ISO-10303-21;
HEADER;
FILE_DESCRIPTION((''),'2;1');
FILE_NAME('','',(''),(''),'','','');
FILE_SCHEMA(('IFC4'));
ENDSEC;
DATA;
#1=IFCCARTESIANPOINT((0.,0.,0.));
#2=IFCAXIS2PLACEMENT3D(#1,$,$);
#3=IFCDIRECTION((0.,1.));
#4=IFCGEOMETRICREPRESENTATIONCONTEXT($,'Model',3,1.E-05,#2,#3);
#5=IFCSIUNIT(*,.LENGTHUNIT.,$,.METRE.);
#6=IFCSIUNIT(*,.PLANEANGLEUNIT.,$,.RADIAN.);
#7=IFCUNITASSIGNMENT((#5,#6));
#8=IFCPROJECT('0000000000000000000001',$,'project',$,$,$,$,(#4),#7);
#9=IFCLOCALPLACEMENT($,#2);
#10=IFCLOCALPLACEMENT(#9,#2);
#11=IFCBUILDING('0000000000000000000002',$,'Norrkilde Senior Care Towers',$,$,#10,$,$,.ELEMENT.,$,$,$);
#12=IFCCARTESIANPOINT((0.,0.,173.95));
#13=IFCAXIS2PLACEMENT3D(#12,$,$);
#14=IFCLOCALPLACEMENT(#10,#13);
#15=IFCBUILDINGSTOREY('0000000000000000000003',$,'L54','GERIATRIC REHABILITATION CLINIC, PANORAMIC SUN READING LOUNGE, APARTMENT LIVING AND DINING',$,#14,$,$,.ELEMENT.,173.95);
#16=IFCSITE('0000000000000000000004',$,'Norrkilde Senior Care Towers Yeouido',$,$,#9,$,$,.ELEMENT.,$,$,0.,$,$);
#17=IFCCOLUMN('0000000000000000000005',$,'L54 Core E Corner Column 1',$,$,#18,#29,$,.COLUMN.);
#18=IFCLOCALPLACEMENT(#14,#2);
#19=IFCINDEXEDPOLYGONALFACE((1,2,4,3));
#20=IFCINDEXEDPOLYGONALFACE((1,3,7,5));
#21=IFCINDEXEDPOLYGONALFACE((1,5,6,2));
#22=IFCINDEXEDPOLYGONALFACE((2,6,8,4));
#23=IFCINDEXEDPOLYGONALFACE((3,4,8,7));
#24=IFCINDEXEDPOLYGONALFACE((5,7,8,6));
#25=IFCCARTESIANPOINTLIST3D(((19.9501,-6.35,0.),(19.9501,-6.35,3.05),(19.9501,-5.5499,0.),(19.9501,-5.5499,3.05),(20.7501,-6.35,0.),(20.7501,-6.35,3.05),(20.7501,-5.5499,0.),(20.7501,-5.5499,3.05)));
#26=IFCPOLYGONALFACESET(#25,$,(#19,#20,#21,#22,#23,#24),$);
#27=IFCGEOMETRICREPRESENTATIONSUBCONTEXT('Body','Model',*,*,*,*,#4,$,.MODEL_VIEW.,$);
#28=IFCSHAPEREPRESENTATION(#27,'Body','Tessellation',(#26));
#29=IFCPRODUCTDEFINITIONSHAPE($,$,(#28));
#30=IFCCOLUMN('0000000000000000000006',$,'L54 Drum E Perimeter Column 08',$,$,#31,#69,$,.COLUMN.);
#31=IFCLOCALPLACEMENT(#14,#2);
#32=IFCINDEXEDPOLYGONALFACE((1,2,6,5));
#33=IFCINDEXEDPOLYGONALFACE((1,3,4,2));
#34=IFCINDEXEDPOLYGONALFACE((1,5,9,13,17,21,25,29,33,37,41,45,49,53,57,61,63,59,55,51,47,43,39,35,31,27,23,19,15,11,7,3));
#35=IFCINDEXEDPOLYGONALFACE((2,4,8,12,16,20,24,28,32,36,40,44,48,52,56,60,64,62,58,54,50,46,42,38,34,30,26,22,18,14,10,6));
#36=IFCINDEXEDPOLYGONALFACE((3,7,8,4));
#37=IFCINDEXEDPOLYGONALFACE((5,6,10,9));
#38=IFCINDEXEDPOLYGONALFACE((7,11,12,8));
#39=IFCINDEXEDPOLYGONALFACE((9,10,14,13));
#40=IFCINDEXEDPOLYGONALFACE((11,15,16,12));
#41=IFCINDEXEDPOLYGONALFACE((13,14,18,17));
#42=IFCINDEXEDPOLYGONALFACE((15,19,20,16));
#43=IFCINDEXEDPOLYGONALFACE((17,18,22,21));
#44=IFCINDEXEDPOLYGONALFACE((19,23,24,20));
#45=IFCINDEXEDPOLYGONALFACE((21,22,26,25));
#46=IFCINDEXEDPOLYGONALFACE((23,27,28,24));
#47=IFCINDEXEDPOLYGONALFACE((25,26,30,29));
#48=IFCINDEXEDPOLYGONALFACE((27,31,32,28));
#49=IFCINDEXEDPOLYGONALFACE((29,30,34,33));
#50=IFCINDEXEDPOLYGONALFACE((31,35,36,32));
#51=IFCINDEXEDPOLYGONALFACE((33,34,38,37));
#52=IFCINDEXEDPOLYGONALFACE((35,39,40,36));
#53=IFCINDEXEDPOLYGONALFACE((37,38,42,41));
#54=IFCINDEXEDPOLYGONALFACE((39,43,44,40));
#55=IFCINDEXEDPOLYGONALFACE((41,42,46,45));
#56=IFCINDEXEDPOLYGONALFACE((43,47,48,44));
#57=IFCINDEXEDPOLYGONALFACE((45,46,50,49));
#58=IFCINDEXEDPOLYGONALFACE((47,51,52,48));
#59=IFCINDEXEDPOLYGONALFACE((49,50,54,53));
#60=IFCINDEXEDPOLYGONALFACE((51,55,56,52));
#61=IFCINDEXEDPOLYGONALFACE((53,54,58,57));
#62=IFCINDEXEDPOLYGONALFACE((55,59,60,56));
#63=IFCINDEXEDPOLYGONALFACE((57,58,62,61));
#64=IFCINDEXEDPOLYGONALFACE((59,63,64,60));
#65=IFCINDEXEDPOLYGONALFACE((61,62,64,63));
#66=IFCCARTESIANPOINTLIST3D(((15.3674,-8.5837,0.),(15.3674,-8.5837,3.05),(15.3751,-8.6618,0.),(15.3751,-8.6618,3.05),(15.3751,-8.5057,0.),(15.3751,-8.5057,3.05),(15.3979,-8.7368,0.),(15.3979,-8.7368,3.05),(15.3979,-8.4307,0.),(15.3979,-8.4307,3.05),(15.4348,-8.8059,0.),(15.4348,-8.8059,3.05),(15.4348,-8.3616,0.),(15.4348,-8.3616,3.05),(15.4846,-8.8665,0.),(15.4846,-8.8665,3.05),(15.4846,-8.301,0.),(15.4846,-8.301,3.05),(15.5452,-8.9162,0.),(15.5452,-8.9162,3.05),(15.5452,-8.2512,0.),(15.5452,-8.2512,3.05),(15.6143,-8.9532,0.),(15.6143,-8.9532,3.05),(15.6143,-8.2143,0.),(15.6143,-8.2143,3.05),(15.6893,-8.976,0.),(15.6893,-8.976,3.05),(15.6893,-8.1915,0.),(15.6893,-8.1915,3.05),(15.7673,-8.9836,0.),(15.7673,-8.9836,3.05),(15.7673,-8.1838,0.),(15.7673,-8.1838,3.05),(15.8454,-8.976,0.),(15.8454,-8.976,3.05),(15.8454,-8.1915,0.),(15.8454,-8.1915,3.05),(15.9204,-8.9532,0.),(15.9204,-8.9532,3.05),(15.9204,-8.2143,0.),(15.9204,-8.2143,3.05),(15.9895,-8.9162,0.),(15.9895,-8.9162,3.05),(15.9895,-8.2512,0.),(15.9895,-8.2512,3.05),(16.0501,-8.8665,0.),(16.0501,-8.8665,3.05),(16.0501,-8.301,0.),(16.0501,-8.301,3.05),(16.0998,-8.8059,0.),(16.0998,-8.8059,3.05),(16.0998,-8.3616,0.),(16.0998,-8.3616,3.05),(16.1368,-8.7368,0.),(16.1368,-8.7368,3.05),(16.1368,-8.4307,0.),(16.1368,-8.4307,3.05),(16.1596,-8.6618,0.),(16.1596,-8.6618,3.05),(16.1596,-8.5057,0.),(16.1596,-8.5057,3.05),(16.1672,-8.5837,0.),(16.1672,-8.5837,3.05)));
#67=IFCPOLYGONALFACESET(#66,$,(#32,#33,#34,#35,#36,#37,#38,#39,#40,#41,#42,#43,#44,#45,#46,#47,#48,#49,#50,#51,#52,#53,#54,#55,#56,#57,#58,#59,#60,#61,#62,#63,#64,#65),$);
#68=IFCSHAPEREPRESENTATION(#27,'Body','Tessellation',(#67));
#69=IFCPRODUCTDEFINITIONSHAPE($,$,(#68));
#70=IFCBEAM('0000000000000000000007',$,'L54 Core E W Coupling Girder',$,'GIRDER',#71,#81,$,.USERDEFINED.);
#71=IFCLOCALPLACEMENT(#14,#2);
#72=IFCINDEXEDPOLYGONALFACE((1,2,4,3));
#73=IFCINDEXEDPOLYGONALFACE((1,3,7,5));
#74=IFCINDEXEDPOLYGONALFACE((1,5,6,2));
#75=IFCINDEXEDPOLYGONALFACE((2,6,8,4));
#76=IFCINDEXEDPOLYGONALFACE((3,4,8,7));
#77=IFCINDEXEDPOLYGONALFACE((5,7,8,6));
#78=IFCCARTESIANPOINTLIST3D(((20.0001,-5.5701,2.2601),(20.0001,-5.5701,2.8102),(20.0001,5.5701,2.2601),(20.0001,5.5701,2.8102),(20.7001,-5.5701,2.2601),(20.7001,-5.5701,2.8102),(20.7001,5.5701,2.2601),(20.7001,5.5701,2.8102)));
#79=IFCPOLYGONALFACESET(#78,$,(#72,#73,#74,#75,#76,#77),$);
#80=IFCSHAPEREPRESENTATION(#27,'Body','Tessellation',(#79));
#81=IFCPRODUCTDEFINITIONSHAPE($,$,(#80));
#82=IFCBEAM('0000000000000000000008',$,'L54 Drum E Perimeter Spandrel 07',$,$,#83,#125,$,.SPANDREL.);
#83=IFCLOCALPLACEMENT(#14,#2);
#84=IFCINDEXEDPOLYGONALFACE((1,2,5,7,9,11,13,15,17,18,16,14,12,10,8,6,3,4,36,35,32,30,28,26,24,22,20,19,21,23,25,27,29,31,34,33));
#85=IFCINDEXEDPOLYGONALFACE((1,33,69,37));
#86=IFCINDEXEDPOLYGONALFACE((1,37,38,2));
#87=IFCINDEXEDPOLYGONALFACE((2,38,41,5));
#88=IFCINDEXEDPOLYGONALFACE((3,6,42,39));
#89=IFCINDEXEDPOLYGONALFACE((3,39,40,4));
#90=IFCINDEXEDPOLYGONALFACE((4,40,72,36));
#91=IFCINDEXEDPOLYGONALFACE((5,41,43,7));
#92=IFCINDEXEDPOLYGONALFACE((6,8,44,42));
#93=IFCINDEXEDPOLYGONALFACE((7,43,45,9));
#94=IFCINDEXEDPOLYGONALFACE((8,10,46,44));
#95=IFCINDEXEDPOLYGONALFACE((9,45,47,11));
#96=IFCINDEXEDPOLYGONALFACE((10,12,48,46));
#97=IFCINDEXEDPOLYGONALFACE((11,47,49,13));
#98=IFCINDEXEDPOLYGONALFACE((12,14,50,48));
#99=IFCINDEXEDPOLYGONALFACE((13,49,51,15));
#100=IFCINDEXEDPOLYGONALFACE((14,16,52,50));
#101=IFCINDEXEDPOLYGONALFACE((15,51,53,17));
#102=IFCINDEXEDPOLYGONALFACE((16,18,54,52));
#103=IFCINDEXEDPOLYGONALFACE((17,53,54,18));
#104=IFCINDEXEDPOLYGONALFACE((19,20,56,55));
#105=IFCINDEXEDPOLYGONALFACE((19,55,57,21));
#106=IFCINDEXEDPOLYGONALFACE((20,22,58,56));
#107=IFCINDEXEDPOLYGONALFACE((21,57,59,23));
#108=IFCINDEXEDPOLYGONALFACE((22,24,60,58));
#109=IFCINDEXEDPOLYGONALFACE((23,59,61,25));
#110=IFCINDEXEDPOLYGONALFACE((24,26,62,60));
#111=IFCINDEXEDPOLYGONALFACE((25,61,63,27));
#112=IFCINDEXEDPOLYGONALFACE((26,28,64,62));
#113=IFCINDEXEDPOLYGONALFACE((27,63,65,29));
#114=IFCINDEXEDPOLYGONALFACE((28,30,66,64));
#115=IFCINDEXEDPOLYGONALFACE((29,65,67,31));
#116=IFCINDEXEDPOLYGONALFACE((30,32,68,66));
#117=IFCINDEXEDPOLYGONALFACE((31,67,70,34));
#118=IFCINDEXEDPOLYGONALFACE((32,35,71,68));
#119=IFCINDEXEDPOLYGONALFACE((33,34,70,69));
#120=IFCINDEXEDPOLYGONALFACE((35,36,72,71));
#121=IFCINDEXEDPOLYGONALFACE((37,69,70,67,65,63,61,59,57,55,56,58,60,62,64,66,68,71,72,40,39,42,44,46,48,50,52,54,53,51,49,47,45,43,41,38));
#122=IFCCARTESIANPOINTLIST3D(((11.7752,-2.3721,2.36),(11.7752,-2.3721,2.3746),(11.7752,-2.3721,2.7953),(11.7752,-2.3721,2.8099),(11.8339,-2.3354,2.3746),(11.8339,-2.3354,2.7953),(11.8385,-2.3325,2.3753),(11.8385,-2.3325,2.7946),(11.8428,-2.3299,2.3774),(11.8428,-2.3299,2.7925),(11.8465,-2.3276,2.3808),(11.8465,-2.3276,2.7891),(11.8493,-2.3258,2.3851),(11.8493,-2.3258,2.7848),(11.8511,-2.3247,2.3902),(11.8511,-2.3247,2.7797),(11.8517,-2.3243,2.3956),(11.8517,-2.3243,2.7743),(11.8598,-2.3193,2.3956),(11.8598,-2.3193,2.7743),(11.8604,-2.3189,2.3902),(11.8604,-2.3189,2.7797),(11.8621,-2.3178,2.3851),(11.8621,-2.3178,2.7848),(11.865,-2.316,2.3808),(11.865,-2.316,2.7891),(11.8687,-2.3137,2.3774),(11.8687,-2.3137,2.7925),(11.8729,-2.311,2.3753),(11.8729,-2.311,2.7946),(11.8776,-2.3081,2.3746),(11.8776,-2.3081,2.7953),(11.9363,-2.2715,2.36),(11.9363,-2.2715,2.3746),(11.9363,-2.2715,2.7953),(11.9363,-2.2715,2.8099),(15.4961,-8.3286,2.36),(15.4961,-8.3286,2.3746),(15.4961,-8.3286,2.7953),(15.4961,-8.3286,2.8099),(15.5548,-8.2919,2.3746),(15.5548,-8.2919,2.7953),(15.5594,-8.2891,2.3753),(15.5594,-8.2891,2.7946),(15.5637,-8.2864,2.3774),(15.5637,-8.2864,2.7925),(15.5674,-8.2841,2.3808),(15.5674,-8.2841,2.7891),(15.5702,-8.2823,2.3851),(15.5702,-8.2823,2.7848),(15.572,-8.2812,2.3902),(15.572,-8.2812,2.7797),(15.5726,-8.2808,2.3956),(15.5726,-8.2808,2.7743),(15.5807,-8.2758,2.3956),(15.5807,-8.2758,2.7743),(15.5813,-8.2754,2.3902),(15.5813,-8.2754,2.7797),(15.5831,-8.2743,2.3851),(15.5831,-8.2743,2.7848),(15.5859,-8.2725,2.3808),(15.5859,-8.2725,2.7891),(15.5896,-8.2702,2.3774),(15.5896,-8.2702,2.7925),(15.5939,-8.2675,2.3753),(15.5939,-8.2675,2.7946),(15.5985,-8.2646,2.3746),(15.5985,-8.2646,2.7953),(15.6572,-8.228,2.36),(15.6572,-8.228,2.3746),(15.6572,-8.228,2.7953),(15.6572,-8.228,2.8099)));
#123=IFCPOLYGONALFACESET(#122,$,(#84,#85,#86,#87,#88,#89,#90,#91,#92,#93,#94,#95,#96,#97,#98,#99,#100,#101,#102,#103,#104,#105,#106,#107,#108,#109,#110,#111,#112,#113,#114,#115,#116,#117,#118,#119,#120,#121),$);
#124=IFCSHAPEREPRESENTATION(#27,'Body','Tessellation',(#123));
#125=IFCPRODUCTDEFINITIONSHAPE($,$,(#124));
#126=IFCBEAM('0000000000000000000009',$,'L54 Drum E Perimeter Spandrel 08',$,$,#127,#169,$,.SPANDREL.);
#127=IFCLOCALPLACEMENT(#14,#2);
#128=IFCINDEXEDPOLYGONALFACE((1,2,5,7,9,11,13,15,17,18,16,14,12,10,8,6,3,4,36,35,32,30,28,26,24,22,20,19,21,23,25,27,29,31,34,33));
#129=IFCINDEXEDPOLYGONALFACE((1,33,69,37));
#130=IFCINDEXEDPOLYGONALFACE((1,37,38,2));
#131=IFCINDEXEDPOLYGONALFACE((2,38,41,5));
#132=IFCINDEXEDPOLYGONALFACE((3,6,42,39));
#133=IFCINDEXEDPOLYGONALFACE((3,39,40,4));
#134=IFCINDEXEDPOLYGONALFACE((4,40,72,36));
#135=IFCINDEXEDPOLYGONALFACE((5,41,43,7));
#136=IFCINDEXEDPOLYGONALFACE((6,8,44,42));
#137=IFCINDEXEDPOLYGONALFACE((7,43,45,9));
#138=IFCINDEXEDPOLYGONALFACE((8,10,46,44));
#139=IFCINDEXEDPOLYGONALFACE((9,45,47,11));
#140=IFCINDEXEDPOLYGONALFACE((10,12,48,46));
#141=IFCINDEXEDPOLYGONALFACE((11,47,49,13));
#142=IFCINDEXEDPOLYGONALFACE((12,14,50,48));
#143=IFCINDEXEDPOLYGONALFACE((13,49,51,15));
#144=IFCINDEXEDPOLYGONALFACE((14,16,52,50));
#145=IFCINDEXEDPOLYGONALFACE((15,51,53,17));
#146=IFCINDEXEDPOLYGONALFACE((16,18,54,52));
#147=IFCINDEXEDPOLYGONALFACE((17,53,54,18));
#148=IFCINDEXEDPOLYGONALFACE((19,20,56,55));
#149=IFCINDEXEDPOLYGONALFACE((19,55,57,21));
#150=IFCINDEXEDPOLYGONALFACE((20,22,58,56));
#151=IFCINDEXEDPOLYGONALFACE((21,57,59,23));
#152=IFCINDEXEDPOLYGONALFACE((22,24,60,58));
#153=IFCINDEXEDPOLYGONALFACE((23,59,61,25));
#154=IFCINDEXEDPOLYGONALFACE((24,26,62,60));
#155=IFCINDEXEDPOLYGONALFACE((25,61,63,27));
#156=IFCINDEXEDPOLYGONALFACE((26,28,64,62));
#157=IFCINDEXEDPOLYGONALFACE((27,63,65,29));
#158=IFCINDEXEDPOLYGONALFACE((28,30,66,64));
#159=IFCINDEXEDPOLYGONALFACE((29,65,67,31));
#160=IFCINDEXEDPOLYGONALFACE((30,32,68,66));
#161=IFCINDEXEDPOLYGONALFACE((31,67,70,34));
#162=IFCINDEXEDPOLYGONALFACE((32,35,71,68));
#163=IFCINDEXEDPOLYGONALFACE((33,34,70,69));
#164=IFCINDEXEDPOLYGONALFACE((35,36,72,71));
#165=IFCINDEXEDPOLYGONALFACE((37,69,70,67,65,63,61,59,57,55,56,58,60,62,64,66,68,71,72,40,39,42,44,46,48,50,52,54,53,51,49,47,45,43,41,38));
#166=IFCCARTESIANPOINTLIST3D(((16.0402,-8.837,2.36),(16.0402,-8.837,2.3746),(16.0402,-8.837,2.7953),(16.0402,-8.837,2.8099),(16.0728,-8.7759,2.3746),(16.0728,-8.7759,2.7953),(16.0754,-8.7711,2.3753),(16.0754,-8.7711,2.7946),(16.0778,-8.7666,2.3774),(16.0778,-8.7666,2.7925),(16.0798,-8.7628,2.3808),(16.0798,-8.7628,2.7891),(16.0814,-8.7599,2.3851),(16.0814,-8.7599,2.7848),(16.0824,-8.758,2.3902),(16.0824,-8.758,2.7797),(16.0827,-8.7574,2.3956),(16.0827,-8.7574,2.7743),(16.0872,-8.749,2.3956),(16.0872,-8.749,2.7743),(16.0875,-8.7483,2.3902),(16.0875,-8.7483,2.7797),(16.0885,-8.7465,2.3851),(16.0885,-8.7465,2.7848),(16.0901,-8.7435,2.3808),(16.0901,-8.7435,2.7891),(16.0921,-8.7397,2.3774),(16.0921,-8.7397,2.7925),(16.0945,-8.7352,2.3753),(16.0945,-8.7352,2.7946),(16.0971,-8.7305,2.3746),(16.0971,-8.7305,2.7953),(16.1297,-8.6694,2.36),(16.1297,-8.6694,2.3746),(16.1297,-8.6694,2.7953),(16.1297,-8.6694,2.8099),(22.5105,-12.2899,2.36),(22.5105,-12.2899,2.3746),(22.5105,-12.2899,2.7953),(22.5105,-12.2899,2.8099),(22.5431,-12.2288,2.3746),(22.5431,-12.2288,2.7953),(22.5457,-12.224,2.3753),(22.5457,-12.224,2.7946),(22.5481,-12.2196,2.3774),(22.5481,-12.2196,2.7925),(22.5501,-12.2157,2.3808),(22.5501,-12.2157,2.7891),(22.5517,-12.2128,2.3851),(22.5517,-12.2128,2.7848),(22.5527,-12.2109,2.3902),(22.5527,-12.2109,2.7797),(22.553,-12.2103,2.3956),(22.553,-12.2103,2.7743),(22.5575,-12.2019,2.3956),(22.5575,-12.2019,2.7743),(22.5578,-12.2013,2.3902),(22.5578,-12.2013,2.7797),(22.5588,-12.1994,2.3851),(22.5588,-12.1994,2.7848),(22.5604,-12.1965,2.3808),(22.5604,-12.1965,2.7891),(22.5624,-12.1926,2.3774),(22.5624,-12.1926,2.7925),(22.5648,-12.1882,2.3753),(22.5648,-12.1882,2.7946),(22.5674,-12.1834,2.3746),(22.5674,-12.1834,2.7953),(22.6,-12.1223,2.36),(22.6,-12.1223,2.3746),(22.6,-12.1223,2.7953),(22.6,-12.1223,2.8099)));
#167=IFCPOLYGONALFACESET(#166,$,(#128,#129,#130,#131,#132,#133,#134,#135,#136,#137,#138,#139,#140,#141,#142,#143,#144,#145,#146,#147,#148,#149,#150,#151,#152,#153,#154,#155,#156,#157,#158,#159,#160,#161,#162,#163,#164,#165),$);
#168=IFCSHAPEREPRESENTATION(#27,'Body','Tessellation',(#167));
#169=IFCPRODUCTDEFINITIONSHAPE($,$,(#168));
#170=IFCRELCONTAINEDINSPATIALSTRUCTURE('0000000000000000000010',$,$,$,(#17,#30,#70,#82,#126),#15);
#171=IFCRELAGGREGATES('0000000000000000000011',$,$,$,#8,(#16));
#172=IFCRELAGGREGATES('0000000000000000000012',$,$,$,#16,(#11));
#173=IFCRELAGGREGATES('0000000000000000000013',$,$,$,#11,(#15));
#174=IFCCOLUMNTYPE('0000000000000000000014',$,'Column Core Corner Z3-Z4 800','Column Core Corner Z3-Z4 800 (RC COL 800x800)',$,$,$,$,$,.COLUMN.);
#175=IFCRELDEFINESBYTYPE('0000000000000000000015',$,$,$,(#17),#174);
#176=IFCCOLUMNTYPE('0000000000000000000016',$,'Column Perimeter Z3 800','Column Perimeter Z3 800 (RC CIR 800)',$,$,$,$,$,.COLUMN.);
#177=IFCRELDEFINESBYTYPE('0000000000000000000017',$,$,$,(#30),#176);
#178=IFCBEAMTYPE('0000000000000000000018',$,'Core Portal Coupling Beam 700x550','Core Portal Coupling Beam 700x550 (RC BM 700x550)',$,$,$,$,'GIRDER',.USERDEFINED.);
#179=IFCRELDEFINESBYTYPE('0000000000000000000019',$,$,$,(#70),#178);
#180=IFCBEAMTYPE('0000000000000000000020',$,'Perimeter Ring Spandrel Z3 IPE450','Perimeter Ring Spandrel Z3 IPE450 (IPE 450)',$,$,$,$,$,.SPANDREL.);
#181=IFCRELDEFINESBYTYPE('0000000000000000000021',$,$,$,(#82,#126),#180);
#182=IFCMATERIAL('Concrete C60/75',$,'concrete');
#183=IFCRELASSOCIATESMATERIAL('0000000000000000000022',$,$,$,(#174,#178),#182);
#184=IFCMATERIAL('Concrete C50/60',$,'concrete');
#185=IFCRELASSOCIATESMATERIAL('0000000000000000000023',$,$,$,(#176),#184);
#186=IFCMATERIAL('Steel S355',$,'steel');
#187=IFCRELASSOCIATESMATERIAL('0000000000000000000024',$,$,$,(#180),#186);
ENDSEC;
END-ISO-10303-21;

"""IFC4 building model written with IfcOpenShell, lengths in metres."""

from ifc_helpers import new_model, si_unit, direction, frame, origin, origin_2d, place, context, subcontext, project, spatial, rectangle, circle, i_section, extrude, source, transform, mapped, material, material_profile, profile_set, type_object, type_shapes, element, save


model = new_model("IFC4")

# Units and contexts
model_context = context("Model", 3, precision=1e-05, world=origin(), true_north=direction((0.0, 1.0)))
body_context = subcontext(model_context, "Body", "Model", "MODEL_VIEW")
ifc_project = project(units=[si_unit("LENGTHUNIT", "METRE"), si_unit("PLANEANGLEUNIT", "RADIAN")], contexts=[model_context])

# Site, building, storey
site_placement = place(None, origin())
site = spatial("IfcSite", under=ifc_project, at=site_placement, Name="Norrkilde Senior Care Towers Yeouido", CompositionType="ELEMENT", RefElevation=0.0)
building_placement = place(site_placement, origin())
building = spatial("IfcBuilding", under=site, at=building_placement, Name="Norrkilde Senior Care Towers", CompositionType="ELEMENT")
storey_placement = place(building_placement, frame((0.0, 0.0, 173.95)))
storey = spatial("IfcBuildingStorey", under=building, at=storey_placement, Name="L54", Description="GERIATRIC REHABILITATION CLINIC, PANORAMIC SUN READING LOUNGE, APARTMENT LIVING AND DINING", CompositionType="ELEMENT", Elevation=173.95)

# Columns
ifc_material_1 = material(Name="Concrete C60/75", Category="concrete")
ifc_material_profile_1 = material_profile(ifc_material_1, rectangle(XDim=0.8, YDim=0.8, at=origin_2d()), Name="RC COL 800x800")
ifc_profile_set_1 = profile_set([ifc_material_profile_1], Name="Concrete C60/75")
column_type_1 = type_object("IfcColumnType", Name="Column Core Corner Z3-Z4 800", Description="Column Core Corner Z3-Z4 800 (RC COL 800x800)", PredefinedType="COLUMN", material=ifc_profile_set_1)
shared_shape_1 = source(origin(), body_context, "Body", "SweptSolid", [
    extrude(rectangle(XDim=0.8, YDim=0.8, at=origin_2d()), origin(), (0.0, 0.0, 1.0), 3.05),
])
type_shapes(column_type_1, [shared_shape_1])
column_1_placement = place(storey_placement, frame((20.3501, -5.95, 0.0), z_axis=(0.0, 0.0, 1.0), x_axis=(1.0, 0.0, 0.0)))
element("IfcColumn", 1, at=column_1_placement, inside=storey, type_object=column_type_1, Name="L54 Core E Corner Column 1", PredefinedType="COLUMN", context=body_context, shape_type="MappedRepresentation", body=[
    mapped(shared_shape_1, transform((0.0, 0.0, 0.0), x_axis=(1.0, 0.0, 0.0), y_axis=(0.0, 1.0, 0.0), z_axis=(0.0, 0.0, 1.0), scale=1.0)),
])
ifc_material_2 = material(Name="Concrete C50/60", Category="concrete")
ifc_material_profile_2 = material_profile(ifc_material_2, circle(Radius=0.3999, at=origin_2d()), Name="RC CIR 800")
ifc_profile_set_2 = profile_set([ifc_material_profile_2], Name="Concrete C50/60")
column_type_2 = type_object("IfcColumnType", Name="Column Perimeter Z3 800", Description="Column Perimeter Z3 800 (RC CIR 800)", PredefinedType="COLUMN", material=ifc_profile_set_2)
shared_shape_2 = source(origin(), body_context, "Body", "SweptSolid", [
    extrude(circle(Radius=0.3999, at=origin_2d()), origin(), (0.0, 0.0, 1.0), 3.05),
])
type_shapes(column_type_2, [shared_shape_2])
column_2_placement = place(storey_placement, frame((15.7673, -8.5837, 0.0), z_axis=(0.0, 0.0, 1.0), x_axis=(1.0, 0.0, 0.0)))
element("IfcColumn", 2, at=column_2_placement, inside=storey, type_object=column_type_2, Name="L54 Drum E Perimeter Column 08", PredefinedType="COLUMN", context=body_context, shape_type="MappedRepresentation", body=[
    mapped(shared_shape_2, transform((0.0, 0.0, 0.0), x_axis=(1.0, 0.0, 0.0), y_axis=(0.0, 1.0, 0.0), z_axis=(0.0, 0.0, 1.0), scale=1.0)),
])

# Beams
ifc_material_profile_3 = material_profile(ifc_material_1, rectangle(XDim=0.7, YDim=0.55, at=origin_2d()), Name="RC BM 700x550")
ifc_profile_set_3 = profile_set([ifc_material_profile_3], Name="Concrete C60/75")
beam_type_1 = type_object("IfcBeamType", Name="Core Portal Coupling Beam 700x550", Description="Core Portal Coupling Beam 700x550 (RC BM 700x550)", ElementType="GIRDER", PredefinedType="USERDEFINED", material=ifc_profile_set_3)
shared_shape_3 = source(origin(), body_context, "Body", "SweptSolid", [
    extrude(rectangle(XDim=0.7, YDim=0.55, at=origin_2d()), origin(), (0.0, 0.0, 1.0), 11.1401),
])
type_shapes(beam_type_1, [shared_shape_3])
beam_1_placement = place(storey_placement, frame((20.3501, -5.5701, 2.5352), z_axis=(0.0, 1.0, 0.0), x_axis=(-1.0, 0.0, 0.0)))
element("IfcBeam", 3, at=beam_1_placement, inside=storey, type_object=beam_type_1, Name="L54 Core E W Coupling Girder", ObjectType="GIRDER", PredefinedType="USERDEFINED", context=body_context, shape_type="MappedRepresentation", body=[
    mapped(shared_shape_3, transform((0.0, 0.0, 0.0), x_axis=(1.0, 0.0, 0.0), y_axis=(0.0, 1.0, 0.0), z_axis=(0.0, 0.0, 1.0), scale=1.0)),
])
ifc_material_3 = material(Name="Steel S355", Category="steel")
ifc_material_profile_4 = material_profile(ifc_material_3, i_section(OverallWidth=0.1899, OverallDepth=0.45, WebThickness=0.0095, FlangeThickness=0.0146, FilletRadius=0.021, at=origin_2d()), Name="IPE 450")
ifc_profile_set_4 = profile_set([ifc_material_profile_4], Name="Steel S355")
beam_type_2 = type_object("IfcBeamType", Name="Perimeter Ring Spandrel Z3 IPE450", Description="Perimeter Ring Spandrel Z3 IPE450 (IPE 450)", PredefinedType="SPANDREL", material=ifc_profile_set_4)
shared_shape_4 = source(origin(), body_context, "Body", "SweptSolid", [
    extrude(i_section(OverallWidth=0.1899, OverallDepth=0.45, WebThickness=0.0095, FlangeThickness=0.0146, FilletRadius=0.021, at=origin_2d()), origin(), (0.0, 0.0, 1.0), 7.0232),
])
beam_2_placement = place(storey_placement, frame((11.8557, -2.3218, 2.585), z_axis=(0.529805, -0.848119, 0.0), x_axis=(0.848119, 0.529805, 0.0)))
element("IfcBeam", 4, at=beam_2_placement, inside=storey, type_object=beam_type_2, Name="L54 Drum E Perimeter Spandrel 07", PredefinedType="SPANDREL", context=body_context, shape_type="MappedRepresentation", body=[
    mapped(shared_shape_4, transform((0.0, 0.0, 0.0), x_axis=(1.0, 0.0, 0.0), y_axis=(0.0, 1.0, 0.0), z_axis=(0.0, 0.0, 1.0), scale=1.0)),
])
shared_shape_5 = source(origin(), body_context, "Body", "SweptSolid", [
    extrude(i_section(OverallWidth=0.1899, OverallDepth=0.45, WebThickness=0.0095, FlangeThickness=0.0146, FilletRadius=0.021, at=origin_2d()), origin(), (0.0, 0.0, 1.0), 7.334),
])
type_shapes(beam_type_2, [shared_shape_4, shared_shape_5])
beam_3_placement = place(storey_placement, frame((16.085, -8.7532, 2.585), z_axis=(0.882234, -0.470811, 0.0), x_axis=(0.470811, 0.882234, 0.0)))
element("IfcBeam", 5, at=beam_3_placement, inside=storey, type_object=beam_type_2, Name="L54 Drum E Perimeter Spandrel 08", PredefinedType="SPANDREL", context=body_context, shape_type="MappedRepresentation", body=[
    mapped(shared_shape_5, transform((0.0, 0.0, 0.0), x_axis=(1.0, 0.0, 0.0), y_axis=(0.0, 1.0, 0.0), z_axis=(0.0, 0.0, 1.0), scale=1.0)),
])

save(model, "model.ifc")
